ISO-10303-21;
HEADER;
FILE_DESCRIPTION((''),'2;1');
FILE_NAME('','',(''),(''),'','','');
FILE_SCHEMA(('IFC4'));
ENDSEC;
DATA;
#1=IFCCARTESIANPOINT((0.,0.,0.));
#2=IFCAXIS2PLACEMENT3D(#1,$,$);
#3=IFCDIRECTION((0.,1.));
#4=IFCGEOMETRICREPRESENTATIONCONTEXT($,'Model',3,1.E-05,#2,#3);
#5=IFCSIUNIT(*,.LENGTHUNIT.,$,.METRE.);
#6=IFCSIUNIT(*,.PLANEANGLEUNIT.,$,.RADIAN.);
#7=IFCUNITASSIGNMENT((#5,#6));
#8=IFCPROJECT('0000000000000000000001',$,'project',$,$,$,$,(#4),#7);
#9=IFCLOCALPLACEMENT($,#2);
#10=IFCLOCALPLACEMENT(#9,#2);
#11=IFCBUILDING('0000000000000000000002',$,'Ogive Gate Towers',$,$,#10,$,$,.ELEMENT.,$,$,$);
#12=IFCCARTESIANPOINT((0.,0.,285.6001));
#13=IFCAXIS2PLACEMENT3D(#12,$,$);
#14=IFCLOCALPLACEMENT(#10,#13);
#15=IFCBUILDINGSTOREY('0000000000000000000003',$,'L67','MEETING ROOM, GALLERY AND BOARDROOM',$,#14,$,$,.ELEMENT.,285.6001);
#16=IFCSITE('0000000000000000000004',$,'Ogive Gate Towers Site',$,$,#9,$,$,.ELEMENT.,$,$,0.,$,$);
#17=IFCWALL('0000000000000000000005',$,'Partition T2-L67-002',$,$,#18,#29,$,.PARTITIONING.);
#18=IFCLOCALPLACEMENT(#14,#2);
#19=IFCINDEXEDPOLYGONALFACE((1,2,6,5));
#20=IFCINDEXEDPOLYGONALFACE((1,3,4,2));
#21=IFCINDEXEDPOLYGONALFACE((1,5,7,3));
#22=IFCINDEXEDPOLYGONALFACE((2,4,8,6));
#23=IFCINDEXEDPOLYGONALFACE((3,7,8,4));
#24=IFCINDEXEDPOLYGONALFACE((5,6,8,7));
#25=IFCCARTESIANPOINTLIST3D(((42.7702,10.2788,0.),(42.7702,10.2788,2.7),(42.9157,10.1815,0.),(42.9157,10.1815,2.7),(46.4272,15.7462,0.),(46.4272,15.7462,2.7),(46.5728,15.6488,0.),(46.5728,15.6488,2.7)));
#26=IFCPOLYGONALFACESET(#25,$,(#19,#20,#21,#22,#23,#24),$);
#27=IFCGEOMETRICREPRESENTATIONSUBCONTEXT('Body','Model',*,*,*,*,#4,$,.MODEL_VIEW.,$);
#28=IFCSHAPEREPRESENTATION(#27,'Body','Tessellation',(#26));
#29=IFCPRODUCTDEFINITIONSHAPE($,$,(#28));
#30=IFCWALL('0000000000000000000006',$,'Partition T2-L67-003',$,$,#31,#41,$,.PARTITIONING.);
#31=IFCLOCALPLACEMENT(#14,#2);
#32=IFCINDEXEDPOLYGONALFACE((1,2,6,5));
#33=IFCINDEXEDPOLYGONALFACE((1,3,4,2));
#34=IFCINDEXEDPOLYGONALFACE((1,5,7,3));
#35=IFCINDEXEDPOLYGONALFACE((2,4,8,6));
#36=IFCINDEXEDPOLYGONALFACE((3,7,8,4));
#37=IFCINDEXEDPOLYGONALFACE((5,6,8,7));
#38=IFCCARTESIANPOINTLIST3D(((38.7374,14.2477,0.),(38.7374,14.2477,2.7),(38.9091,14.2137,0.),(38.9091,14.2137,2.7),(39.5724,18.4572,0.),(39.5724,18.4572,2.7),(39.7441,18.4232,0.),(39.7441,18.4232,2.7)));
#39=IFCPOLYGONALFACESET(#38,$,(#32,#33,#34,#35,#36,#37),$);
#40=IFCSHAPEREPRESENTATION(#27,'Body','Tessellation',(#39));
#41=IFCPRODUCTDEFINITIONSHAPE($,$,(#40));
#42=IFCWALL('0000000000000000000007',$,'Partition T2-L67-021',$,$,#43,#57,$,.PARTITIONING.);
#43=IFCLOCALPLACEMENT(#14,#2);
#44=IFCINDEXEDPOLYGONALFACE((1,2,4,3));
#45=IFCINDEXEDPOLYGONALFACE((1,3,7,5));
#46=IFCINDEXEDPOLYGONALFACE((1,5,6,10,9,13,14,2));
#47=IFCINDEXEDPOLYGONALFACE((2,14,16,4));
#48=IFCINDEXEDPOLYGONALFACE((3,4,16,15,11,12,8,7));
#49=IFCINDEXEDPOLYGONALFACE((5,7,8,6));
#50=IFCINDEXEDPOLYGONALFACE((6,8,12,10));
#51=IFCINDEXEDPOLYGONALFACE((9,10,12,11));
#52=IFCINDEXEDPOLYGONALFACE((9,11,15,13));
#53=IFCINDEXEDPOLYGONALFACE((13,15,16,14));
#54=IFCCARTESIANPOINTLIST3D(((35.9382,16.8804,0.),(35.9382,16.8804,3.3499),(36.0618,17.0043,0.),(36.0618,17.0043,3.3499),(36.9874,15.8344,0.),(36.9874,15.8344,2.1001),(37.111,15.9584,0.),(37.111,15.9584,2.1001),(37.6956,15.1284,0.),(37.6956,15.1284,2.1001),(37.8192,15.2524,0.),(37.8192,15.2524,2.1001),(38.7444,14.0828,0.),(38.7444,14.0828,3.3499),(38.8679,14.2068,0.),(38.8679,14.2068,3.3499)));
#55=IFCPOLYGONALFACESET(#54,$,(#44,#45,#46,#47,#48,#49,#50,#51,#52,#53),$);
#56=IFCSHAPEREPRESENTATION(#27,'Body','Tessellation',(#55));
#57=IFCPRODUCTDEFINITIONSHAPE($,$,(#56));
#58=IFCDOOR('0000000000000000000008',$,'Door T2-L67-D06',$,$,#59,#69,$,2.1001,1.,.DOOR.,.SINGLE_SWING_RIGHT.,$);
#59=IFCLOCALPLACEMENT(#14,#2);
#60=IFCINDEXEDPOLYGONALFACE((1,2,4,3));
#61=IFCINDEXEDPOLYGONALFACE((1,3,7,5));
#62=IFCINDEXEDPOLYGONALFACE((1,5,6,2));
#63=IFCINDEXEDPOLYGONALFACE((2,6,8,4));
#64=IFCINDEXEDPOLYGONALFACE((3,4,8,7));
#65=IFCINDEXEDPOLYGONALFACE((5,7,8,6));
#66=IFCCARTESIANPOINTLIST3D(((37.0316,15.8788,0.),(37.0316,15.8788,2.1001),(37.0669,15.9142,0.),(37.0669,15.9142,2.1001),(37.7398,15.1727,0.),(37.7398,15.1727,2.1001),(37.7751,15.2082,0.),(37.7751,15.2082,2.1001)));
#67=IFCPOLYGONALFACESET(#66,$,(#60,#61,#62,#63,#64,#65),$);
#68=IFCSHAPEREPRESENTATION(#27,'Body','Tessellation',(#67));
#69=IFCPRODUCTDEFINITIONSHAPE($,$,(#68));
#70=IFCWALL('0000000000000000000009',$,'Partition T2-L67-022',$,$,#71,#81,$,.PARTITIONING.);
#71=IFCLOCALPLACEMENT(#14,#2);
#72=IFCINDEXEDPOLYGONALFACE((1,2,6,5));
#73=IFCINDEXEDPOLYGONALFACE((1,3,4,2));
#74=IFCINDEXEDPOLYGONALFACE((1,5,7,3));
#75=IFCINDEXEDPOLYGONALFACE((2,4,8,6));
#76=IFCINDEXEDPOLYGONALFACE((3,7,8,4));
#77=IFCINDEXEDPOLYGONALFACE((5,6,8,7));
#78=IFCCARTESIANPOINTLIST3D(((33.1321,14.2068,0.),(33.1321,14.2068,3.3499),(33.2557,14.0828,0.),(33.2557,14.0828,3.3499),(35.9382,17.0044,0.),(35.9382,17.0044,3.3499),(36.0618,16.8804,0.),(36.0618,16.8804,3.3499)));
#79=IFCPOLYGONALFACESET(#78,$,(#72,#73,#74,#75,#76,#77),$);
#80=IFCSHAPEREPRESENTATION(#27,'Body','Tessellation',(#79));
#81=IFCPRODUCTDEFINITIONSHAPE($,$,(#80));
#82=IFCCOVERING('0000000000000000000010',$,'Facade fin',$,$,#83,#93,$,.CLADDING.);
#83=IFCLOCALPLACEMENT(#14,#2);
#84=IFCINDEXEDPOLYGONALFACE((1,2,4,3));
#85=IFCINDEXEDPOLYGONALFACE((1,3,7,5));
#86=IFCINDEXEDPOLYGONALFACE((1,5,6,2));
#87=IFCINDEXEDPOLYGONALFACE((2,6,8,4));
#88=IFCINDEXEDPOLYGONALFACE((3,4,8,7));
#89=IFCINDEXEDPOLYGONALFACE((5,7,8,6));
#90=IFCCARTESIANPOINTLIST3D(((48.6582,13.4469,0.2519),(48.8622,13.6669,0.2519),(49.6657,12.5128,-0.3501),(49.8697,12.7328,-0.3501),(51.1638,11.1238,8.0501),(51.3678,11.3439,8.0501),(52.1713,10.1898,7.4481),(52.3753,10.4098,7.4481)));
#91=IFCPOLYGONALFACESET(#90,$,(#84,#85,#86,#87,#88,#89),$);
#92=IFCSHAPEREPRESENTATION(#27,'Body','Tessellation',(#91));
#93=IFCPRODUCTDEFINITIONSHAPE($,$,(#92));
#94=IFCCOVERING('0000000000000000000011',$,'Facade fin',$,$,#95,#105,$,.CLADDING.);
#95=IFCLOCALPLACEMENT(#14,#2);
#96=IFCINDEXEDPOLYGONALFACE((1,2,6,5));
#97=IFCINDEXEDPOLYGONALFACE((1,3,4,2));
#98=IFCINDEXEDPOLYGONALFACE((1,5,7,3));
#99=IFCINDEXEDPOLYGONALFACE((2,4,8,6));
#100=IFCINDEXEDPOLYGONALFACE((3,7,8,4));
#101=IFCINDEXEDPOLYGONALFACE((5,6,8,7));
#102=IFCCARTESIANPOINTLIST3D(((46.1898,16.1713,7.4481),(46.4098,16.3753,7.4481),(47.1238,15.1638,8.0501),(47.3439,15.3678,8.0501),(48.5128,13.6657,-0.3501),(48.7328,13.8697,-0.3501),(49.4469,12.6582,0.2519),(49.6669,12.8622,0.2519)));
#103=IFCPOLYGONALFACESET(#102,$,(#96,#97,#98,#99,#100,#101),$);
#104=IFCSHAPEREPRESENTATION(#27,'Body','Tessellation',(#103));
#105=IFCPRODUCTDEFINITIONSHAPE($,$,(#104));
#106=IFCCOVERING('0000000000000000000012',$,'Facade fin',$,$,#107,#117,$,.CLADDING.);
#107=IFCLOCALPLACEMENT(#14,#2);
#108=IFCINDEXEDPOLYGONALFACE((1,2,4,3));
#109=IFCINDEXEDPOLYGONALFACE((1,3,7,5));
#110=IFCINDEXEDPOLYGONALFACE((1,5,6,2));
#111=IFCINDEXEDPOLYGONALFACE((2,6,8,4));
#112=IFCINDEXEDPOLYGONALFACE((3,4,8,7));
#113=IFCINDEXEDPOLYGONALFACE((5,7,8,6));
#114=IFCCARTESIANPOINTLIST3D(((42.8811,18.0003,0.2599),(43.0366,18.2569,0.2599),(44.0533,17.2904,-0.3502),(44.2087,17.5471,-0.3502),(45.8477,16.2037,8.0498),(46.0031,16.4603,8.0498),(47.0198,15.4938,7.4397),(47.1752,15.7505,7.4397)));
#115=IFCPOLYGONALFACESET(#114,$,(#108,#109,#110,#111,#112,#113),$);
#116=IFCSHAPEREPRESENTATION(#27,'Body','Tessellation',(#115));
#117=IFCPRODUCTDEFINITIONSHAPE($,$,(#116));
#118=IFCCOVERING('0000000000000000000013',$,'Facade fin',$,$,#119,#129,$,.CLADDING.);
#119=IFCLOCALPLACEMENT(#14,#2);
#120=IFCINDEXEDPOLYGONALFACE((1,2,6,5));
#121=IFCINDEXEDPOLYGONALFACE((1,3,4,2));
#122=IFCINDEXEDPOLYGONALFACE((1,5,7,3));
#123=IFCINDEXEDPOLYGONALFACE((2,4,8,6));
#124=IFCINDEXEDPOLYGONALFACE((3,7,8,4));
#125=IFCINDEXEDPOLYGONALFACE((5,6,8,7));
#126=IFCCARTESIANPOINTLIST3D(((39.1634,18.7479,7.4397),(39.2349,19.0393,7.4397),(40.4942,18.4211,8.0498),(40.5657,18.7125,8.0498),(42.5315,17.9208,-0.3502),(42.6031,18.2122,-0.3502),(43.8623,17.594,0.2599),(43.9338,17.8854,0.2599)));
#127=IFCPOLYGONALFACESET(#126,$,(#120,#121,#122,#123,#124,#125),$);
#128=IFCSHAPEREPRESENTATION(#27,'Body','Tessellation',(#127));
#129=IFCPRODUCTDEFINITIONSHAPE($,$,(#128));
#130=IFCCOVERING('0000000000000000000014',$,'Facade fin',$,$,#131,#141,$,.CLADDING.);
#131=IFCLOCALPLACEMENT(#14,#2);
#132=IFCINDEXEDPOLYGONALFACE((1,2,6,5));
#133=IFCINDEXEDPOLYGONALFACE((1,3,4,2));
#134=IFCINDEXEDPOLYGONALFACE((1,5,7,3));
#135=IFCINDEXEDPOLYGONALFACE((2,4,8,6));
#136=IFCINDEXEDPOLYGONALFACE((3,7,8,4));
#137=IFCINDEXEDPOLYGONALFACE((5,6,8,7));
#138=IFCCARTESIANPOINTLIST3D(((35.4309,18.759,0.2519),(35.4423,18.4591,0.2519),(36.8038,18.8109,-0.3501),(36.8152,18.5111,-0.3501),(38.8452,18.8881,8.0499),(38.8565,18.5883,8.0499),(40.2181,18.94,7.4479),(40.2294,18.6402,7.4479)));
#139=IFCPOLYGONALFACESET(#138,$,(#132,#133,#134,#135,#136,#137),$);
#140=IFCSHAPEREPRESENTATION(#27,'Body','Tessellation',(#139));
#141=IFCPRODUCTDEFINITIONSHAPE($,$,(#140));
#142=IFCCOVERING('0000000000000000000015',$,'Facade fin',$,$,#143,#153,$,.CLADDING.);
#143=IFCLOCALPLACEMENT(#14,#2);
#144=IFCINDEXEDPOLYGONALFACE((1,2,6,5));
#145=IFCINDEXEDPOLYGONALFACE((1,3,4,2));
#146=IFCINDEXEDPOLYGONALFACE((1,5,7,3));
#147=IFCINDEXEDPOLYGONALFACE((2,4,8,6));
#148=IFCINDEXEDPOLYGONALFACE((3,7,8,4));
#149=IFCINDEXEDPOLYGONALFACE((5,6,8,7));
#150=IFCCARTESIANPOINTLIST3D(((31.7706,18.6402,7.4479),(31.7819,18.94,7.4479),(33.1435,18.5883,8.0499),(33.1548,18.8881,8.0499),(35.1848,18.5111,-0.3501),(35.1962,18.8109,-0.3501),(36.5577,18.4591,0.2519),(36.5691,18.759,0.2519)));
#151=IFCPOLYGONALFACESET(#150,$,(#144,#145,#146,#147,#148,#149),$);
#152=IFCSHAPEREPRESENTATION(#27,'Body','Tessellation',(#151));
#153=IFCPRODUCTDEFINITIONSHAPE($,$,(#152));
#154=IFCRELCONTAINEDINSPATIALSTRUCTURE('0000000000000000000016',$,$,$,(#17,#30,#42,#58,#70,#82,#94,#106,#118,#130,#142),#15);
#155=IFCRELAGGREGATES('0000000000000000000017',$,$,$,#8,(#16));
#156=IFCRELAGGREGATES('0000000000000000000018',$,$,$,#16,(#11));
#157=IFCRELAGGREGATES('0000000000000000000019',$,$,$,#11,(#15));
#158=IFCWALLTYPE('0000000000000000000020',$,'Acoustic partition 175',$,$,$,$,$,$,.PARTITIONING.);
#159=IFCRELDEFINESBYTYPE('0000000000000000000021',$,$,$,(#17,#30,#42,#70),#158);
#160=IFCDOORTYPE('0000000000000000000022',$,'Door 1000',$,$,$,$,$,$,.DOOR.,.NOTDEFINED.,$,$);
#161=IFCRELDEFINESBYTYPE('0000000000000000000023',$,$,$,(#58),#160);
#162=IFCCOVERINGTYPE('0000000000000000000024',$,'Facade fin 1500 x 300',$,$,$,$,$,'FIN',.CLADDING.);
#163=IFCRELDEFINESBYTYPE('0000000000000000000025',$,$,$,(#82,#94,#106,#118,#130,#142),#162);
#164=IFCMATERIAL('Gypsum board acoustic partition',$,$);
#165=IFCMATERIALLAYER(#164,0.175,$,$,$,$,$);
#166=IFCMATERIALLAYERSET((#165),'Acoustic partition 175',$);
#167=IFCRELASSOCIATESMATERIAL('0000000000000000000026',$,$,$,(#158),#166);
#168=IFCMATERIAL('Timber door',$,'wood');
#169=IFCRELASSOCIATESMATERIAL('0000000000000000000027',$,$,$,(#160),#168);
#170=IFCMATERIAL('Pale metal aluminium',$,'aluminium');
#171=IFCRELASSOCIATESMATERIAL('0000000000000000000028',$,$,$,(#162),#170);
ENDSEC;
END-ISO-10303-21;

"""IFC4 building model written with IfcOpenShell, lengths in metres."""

from ifc_helpers import new_model, si_unit, direction, frame, frame_2d, origin, origin_2d, place, context, subcontext, project, spatial, rectangle, extrude, material, layer, layer_set, material_profile, profile_set, type_object, element, fill, save


model = new_model("IFC4")

# Units and contexts
model_context = context("Model", 3, precision=1e-05, world=origin(), true_north=direction((0.0, 1.0)))
body_context = subcontext(model_context, "Body", "Model", "MODEL_VIEW")
ifc_project = project(units=[si_unit("LENGTHUNIT", "METRE"), si_unit("PLANEANGLEUNIT", "RADIAN")], contexts=[model_context])

# Site, building, storey
site_placement = place(None, origin())
site = spatial("IfcSite", under=ifc_project, at=site_placement, Name="Ogive Gate Towers Site", CompositionType="ELEMENT", RefElevation=0.0)
building_placement = place(site_placement, origin())
building = spatial("IfcBuilding", under=site, at=building_placement, Name="Ogive Gate Towers", CompositionType="ELEMENT")
storey_placement = place(building_placement, frame((0.0, 0.0, 285.6001)))
storey = spatial("IfcBuildingStorey", under=building, at=storey_placement, Name="L67", Description="MEETING ROOM, GALLERY AND BOARDROOM", CompositionType="ELEMENT", Elevation=285.6001)

# Shared definitions
ifc_material_1 = material(Name="Pale metal aluminium", Category="aluminium")

# Walls
ifc_material_2 = material(Name="Gypsum board acoustic partition")
ifc_layer_1 = layer(ifc_material_2, 0.175)
ifc_layer_set_1 = layer_set([ifc_layer_1], Name="Acoustic partition 175")
wall_type = type_object("IfcWallType", Name="Acoustic partition 175", PredefinedType="PARTITIONING", material=ifc_layer_set_1)
wall_1_placement = place(storey_placement, frame((46.5, 15.6975, 0.0), z_axis=(0.0, 0.0, 1.0), x_axis=(-0.555976, -0.831198, 0.0)))
element("IfcWall", 1, at=wall_1_placement, inside=storey, type_object=wall_type, Name="Partition T2-L67-002", PredefinedType="PARTITIONING", context=body_context, shape_type="SweptSolid", body=[
    extrude(rectangle(XDim=6.5776, YDim=0.175, at=frame_2d((3.2888, 0.0))), origin(), (0.0, 0.0, 1.0), 2.7),
])
wall_2_placement = place(storey_placement, frame((39.6582, 18.4402, 0.0), z_axis=(0.0, 0.0, 1.0), x_axis=(-0.194562, -0.98089, 0.0)))
element("IfcWall", 2, at=wall_2_placement, inside=storey, type_object=wall_type, Name="Partition T2-L67-003", PredefinedType="PARTITIONING", context=body_context, shape_type="SweptSolid", body=[
    extrude(rectangle(XDim=4.2915, YDim=0.175, at=frame_2d((2.1458, 0.0))), origin(), (0.0, 0.0, 1.0), 2.7),
])

# Wall, opening, door
wall_3_placement = place(storey_placement, frame((38.8062, 14.1448, 0.0), z_axis=(0.0, 0.0, 1.0), x_axis=(-0.708184, 0.706028, 0.0)))
wall_3 = element("IfcWall", 3, at=wall_3_placement, inside=storey, type_object=wall_type, Name="Partition T2-L67-021", PredefinedType="PARTITIONING", context=body_context, shape_type="SweptSolid", body=[
    extrude(rectangle(XDim=3.9624, YDim=0.175, at=frame_2d((1.9812, 0.0))), origin(), (0.0, 0.0, 1.0), 3.3499),
])
opening_placement = place(wall_3_placement, frame((1.481, 0.0, 0.0)))
opening = element("IfcOpeningElement", 4, at=opening_placement, cuts=wall_3, PredefinedType="OPENING", context=body_context, shape_type="SweptSolid", body=[
    extrude(rectangle(XDim=1.0, YDim=2.1001, at=frame_2d((0.5, 1.05))), frame((0.0, 0.0977, 0.0), z_axis=(0.0, -1.0, 0.0), x_axis=(1.0, 0.0, 0.0)), (0.0, 0.0, 1.0), 0.1951),
])
ifc_material_3 = material(Name="Timber door", Category="wood")
door_type = type_object("IfcDoorType", Name="Door 1000", OperationType="NOTDEFINED", PredefinedType="DOOR", material=ifc_material_3)
door_placement = place(opening_placement, origin())
door = element("IfcDoor", 5, at=door_placement, inside=storey, type_object=door_type, Name="Door T2-L67-D06", OperationType="SINGLE_SWING_RIGHT", OverallHeight=2.1001, OverallWidth=1.0, PredefinedType="DOOR", context=body_context, shape_type="SweptSolid", body=[
    extrude(rectangle(XDim=1.0, YDim=2.1001, at=frame_2d((0.5, 1.05))), frame((0.0, 0.0249, 0.0), z_axis=(0.0, -1.0, 0.0), x_axis=(1.0, 0.0, 0.0)), (0.0, 0.0, 1.0), 0.05),
])
fill(opening, door)

# Wall
wall_4_placement = place(storey_placement, frame((36.0, 16.9424, 0.0), z_axis=(0.0, 0.0, 1.0), x_axis=(-0.708184, -0.706028, 0.0)))
element("IfcWall", 6, at=wall_4_placement, inside=storey, type_object=wall_type, Name="Partition T2-L67-022", PredefinedType="PARTITIONING", context=body_context, shape_type="SweptSolid", body=[
    extrude(rectangle(XDim=3.9624, YDim=0.175, at=frame_2d((1.9812, 0.0))), origin(), (0.0, 0.0, 1.0), 3.3499),
])

# Coverings
ifc_material_profile_1 = material_profile(ifc_material_1, rectangle(XDim=0.3, YDim=1.5, at=origin_2d()), Name="1500 x 300 pale metal aluminium")
ifc_profile_set_1 = profile_set([ifc_material_profile_1], Name="Pale metal aluminium")
covering_type = type_object("IfcCoveringType", Name="Facade fin 1500 x 300", ElementType="FIN", PredefinedType="CLADDING", material=ifc_profile_set_1)
for number, where, z_axis, x_axis, name in (
    (7, (49.2639, 13.0898, -0.0491), (0.294301, -0.272851, 0.915936), (0.679878, 0.733325, 0.0), "Facade fin"),
    (8, (49.0898, 13.2639, -0.0491), (-0.272851, 0.294301, 0.915936), (-0.733325, -0.679878, 0.0), "Facade fin"),
):
    element("IfcCovering", number, at=place(storey_placement, frame(where, z_axis=z_axis, x_axis=x_axis)), inside=storey, type_object=covering_type, Name=name, PredefinedType="CLADDING", context=body_context, shape_type="SweptSolid", body=[
        extrude(rectangle(XDim=0.3, YDim=1.5, at=origin_2d()), origin(), (0.0, 0.0, 1.0), 8.5139),
    ])
for number, where, z_axis, x_axis, name in (
    (9, (43.5449, 17.7737, -0.0452), (0.347893, -0.210694, 0.913553), (0.518032, 0.855361, 0.0), "Facade fin"),
    (10, (43.2327, 17.9031, -0.0452), (-0.39499, 0.097001, 0.91355), (-0.238492, -0.971144, 0.0), "Facade fin"),
):
    element("IfcCovering", number, at=place(storey_placement, frame(where, z_axis=z_axis, x_axis=x_axis)), inside=storey, type_object=covering_type, Name=name, PredefinedType="CLADDING", context=body_context, shape_type="SweptSolid", body=[
        extrude(rectangle(XDim=0.3, YDim=1.5, at=origin_2d()), origin(), (0.0, 0.0, 1.0), 8.5271),
    ])
for number, where, z_axis, x_axis, name in (
    (11, (36.123, 18.635, -0.0491), (0.401033, 0.01517, 0.915938), (-0.037799, 0.999285, 0.0), "Facade fin"),
    (12, (35.877, 18.635, -0.0491), (-0.401033, 0.01517, 0.915938), (-0.037799, -0.999285, 0.0), "Facade fin"),
):
    element("IfcCovering", number, at=place(storey_placement, frame(where, z_axis=z_axis, x_axis=x_axis)), inside=storey, type_object=covering_type, Name=name, PredefinedType="CLADDING", context=body_context, shape_type="SweptSolid", body=[
        extrude(rectangle(XDim=0.3, YDim=1.5, at=origin_2d()), origin(), (0.0, 0.0, 1.0), 8.5137),
    ])

save(model, "model.ifc")
